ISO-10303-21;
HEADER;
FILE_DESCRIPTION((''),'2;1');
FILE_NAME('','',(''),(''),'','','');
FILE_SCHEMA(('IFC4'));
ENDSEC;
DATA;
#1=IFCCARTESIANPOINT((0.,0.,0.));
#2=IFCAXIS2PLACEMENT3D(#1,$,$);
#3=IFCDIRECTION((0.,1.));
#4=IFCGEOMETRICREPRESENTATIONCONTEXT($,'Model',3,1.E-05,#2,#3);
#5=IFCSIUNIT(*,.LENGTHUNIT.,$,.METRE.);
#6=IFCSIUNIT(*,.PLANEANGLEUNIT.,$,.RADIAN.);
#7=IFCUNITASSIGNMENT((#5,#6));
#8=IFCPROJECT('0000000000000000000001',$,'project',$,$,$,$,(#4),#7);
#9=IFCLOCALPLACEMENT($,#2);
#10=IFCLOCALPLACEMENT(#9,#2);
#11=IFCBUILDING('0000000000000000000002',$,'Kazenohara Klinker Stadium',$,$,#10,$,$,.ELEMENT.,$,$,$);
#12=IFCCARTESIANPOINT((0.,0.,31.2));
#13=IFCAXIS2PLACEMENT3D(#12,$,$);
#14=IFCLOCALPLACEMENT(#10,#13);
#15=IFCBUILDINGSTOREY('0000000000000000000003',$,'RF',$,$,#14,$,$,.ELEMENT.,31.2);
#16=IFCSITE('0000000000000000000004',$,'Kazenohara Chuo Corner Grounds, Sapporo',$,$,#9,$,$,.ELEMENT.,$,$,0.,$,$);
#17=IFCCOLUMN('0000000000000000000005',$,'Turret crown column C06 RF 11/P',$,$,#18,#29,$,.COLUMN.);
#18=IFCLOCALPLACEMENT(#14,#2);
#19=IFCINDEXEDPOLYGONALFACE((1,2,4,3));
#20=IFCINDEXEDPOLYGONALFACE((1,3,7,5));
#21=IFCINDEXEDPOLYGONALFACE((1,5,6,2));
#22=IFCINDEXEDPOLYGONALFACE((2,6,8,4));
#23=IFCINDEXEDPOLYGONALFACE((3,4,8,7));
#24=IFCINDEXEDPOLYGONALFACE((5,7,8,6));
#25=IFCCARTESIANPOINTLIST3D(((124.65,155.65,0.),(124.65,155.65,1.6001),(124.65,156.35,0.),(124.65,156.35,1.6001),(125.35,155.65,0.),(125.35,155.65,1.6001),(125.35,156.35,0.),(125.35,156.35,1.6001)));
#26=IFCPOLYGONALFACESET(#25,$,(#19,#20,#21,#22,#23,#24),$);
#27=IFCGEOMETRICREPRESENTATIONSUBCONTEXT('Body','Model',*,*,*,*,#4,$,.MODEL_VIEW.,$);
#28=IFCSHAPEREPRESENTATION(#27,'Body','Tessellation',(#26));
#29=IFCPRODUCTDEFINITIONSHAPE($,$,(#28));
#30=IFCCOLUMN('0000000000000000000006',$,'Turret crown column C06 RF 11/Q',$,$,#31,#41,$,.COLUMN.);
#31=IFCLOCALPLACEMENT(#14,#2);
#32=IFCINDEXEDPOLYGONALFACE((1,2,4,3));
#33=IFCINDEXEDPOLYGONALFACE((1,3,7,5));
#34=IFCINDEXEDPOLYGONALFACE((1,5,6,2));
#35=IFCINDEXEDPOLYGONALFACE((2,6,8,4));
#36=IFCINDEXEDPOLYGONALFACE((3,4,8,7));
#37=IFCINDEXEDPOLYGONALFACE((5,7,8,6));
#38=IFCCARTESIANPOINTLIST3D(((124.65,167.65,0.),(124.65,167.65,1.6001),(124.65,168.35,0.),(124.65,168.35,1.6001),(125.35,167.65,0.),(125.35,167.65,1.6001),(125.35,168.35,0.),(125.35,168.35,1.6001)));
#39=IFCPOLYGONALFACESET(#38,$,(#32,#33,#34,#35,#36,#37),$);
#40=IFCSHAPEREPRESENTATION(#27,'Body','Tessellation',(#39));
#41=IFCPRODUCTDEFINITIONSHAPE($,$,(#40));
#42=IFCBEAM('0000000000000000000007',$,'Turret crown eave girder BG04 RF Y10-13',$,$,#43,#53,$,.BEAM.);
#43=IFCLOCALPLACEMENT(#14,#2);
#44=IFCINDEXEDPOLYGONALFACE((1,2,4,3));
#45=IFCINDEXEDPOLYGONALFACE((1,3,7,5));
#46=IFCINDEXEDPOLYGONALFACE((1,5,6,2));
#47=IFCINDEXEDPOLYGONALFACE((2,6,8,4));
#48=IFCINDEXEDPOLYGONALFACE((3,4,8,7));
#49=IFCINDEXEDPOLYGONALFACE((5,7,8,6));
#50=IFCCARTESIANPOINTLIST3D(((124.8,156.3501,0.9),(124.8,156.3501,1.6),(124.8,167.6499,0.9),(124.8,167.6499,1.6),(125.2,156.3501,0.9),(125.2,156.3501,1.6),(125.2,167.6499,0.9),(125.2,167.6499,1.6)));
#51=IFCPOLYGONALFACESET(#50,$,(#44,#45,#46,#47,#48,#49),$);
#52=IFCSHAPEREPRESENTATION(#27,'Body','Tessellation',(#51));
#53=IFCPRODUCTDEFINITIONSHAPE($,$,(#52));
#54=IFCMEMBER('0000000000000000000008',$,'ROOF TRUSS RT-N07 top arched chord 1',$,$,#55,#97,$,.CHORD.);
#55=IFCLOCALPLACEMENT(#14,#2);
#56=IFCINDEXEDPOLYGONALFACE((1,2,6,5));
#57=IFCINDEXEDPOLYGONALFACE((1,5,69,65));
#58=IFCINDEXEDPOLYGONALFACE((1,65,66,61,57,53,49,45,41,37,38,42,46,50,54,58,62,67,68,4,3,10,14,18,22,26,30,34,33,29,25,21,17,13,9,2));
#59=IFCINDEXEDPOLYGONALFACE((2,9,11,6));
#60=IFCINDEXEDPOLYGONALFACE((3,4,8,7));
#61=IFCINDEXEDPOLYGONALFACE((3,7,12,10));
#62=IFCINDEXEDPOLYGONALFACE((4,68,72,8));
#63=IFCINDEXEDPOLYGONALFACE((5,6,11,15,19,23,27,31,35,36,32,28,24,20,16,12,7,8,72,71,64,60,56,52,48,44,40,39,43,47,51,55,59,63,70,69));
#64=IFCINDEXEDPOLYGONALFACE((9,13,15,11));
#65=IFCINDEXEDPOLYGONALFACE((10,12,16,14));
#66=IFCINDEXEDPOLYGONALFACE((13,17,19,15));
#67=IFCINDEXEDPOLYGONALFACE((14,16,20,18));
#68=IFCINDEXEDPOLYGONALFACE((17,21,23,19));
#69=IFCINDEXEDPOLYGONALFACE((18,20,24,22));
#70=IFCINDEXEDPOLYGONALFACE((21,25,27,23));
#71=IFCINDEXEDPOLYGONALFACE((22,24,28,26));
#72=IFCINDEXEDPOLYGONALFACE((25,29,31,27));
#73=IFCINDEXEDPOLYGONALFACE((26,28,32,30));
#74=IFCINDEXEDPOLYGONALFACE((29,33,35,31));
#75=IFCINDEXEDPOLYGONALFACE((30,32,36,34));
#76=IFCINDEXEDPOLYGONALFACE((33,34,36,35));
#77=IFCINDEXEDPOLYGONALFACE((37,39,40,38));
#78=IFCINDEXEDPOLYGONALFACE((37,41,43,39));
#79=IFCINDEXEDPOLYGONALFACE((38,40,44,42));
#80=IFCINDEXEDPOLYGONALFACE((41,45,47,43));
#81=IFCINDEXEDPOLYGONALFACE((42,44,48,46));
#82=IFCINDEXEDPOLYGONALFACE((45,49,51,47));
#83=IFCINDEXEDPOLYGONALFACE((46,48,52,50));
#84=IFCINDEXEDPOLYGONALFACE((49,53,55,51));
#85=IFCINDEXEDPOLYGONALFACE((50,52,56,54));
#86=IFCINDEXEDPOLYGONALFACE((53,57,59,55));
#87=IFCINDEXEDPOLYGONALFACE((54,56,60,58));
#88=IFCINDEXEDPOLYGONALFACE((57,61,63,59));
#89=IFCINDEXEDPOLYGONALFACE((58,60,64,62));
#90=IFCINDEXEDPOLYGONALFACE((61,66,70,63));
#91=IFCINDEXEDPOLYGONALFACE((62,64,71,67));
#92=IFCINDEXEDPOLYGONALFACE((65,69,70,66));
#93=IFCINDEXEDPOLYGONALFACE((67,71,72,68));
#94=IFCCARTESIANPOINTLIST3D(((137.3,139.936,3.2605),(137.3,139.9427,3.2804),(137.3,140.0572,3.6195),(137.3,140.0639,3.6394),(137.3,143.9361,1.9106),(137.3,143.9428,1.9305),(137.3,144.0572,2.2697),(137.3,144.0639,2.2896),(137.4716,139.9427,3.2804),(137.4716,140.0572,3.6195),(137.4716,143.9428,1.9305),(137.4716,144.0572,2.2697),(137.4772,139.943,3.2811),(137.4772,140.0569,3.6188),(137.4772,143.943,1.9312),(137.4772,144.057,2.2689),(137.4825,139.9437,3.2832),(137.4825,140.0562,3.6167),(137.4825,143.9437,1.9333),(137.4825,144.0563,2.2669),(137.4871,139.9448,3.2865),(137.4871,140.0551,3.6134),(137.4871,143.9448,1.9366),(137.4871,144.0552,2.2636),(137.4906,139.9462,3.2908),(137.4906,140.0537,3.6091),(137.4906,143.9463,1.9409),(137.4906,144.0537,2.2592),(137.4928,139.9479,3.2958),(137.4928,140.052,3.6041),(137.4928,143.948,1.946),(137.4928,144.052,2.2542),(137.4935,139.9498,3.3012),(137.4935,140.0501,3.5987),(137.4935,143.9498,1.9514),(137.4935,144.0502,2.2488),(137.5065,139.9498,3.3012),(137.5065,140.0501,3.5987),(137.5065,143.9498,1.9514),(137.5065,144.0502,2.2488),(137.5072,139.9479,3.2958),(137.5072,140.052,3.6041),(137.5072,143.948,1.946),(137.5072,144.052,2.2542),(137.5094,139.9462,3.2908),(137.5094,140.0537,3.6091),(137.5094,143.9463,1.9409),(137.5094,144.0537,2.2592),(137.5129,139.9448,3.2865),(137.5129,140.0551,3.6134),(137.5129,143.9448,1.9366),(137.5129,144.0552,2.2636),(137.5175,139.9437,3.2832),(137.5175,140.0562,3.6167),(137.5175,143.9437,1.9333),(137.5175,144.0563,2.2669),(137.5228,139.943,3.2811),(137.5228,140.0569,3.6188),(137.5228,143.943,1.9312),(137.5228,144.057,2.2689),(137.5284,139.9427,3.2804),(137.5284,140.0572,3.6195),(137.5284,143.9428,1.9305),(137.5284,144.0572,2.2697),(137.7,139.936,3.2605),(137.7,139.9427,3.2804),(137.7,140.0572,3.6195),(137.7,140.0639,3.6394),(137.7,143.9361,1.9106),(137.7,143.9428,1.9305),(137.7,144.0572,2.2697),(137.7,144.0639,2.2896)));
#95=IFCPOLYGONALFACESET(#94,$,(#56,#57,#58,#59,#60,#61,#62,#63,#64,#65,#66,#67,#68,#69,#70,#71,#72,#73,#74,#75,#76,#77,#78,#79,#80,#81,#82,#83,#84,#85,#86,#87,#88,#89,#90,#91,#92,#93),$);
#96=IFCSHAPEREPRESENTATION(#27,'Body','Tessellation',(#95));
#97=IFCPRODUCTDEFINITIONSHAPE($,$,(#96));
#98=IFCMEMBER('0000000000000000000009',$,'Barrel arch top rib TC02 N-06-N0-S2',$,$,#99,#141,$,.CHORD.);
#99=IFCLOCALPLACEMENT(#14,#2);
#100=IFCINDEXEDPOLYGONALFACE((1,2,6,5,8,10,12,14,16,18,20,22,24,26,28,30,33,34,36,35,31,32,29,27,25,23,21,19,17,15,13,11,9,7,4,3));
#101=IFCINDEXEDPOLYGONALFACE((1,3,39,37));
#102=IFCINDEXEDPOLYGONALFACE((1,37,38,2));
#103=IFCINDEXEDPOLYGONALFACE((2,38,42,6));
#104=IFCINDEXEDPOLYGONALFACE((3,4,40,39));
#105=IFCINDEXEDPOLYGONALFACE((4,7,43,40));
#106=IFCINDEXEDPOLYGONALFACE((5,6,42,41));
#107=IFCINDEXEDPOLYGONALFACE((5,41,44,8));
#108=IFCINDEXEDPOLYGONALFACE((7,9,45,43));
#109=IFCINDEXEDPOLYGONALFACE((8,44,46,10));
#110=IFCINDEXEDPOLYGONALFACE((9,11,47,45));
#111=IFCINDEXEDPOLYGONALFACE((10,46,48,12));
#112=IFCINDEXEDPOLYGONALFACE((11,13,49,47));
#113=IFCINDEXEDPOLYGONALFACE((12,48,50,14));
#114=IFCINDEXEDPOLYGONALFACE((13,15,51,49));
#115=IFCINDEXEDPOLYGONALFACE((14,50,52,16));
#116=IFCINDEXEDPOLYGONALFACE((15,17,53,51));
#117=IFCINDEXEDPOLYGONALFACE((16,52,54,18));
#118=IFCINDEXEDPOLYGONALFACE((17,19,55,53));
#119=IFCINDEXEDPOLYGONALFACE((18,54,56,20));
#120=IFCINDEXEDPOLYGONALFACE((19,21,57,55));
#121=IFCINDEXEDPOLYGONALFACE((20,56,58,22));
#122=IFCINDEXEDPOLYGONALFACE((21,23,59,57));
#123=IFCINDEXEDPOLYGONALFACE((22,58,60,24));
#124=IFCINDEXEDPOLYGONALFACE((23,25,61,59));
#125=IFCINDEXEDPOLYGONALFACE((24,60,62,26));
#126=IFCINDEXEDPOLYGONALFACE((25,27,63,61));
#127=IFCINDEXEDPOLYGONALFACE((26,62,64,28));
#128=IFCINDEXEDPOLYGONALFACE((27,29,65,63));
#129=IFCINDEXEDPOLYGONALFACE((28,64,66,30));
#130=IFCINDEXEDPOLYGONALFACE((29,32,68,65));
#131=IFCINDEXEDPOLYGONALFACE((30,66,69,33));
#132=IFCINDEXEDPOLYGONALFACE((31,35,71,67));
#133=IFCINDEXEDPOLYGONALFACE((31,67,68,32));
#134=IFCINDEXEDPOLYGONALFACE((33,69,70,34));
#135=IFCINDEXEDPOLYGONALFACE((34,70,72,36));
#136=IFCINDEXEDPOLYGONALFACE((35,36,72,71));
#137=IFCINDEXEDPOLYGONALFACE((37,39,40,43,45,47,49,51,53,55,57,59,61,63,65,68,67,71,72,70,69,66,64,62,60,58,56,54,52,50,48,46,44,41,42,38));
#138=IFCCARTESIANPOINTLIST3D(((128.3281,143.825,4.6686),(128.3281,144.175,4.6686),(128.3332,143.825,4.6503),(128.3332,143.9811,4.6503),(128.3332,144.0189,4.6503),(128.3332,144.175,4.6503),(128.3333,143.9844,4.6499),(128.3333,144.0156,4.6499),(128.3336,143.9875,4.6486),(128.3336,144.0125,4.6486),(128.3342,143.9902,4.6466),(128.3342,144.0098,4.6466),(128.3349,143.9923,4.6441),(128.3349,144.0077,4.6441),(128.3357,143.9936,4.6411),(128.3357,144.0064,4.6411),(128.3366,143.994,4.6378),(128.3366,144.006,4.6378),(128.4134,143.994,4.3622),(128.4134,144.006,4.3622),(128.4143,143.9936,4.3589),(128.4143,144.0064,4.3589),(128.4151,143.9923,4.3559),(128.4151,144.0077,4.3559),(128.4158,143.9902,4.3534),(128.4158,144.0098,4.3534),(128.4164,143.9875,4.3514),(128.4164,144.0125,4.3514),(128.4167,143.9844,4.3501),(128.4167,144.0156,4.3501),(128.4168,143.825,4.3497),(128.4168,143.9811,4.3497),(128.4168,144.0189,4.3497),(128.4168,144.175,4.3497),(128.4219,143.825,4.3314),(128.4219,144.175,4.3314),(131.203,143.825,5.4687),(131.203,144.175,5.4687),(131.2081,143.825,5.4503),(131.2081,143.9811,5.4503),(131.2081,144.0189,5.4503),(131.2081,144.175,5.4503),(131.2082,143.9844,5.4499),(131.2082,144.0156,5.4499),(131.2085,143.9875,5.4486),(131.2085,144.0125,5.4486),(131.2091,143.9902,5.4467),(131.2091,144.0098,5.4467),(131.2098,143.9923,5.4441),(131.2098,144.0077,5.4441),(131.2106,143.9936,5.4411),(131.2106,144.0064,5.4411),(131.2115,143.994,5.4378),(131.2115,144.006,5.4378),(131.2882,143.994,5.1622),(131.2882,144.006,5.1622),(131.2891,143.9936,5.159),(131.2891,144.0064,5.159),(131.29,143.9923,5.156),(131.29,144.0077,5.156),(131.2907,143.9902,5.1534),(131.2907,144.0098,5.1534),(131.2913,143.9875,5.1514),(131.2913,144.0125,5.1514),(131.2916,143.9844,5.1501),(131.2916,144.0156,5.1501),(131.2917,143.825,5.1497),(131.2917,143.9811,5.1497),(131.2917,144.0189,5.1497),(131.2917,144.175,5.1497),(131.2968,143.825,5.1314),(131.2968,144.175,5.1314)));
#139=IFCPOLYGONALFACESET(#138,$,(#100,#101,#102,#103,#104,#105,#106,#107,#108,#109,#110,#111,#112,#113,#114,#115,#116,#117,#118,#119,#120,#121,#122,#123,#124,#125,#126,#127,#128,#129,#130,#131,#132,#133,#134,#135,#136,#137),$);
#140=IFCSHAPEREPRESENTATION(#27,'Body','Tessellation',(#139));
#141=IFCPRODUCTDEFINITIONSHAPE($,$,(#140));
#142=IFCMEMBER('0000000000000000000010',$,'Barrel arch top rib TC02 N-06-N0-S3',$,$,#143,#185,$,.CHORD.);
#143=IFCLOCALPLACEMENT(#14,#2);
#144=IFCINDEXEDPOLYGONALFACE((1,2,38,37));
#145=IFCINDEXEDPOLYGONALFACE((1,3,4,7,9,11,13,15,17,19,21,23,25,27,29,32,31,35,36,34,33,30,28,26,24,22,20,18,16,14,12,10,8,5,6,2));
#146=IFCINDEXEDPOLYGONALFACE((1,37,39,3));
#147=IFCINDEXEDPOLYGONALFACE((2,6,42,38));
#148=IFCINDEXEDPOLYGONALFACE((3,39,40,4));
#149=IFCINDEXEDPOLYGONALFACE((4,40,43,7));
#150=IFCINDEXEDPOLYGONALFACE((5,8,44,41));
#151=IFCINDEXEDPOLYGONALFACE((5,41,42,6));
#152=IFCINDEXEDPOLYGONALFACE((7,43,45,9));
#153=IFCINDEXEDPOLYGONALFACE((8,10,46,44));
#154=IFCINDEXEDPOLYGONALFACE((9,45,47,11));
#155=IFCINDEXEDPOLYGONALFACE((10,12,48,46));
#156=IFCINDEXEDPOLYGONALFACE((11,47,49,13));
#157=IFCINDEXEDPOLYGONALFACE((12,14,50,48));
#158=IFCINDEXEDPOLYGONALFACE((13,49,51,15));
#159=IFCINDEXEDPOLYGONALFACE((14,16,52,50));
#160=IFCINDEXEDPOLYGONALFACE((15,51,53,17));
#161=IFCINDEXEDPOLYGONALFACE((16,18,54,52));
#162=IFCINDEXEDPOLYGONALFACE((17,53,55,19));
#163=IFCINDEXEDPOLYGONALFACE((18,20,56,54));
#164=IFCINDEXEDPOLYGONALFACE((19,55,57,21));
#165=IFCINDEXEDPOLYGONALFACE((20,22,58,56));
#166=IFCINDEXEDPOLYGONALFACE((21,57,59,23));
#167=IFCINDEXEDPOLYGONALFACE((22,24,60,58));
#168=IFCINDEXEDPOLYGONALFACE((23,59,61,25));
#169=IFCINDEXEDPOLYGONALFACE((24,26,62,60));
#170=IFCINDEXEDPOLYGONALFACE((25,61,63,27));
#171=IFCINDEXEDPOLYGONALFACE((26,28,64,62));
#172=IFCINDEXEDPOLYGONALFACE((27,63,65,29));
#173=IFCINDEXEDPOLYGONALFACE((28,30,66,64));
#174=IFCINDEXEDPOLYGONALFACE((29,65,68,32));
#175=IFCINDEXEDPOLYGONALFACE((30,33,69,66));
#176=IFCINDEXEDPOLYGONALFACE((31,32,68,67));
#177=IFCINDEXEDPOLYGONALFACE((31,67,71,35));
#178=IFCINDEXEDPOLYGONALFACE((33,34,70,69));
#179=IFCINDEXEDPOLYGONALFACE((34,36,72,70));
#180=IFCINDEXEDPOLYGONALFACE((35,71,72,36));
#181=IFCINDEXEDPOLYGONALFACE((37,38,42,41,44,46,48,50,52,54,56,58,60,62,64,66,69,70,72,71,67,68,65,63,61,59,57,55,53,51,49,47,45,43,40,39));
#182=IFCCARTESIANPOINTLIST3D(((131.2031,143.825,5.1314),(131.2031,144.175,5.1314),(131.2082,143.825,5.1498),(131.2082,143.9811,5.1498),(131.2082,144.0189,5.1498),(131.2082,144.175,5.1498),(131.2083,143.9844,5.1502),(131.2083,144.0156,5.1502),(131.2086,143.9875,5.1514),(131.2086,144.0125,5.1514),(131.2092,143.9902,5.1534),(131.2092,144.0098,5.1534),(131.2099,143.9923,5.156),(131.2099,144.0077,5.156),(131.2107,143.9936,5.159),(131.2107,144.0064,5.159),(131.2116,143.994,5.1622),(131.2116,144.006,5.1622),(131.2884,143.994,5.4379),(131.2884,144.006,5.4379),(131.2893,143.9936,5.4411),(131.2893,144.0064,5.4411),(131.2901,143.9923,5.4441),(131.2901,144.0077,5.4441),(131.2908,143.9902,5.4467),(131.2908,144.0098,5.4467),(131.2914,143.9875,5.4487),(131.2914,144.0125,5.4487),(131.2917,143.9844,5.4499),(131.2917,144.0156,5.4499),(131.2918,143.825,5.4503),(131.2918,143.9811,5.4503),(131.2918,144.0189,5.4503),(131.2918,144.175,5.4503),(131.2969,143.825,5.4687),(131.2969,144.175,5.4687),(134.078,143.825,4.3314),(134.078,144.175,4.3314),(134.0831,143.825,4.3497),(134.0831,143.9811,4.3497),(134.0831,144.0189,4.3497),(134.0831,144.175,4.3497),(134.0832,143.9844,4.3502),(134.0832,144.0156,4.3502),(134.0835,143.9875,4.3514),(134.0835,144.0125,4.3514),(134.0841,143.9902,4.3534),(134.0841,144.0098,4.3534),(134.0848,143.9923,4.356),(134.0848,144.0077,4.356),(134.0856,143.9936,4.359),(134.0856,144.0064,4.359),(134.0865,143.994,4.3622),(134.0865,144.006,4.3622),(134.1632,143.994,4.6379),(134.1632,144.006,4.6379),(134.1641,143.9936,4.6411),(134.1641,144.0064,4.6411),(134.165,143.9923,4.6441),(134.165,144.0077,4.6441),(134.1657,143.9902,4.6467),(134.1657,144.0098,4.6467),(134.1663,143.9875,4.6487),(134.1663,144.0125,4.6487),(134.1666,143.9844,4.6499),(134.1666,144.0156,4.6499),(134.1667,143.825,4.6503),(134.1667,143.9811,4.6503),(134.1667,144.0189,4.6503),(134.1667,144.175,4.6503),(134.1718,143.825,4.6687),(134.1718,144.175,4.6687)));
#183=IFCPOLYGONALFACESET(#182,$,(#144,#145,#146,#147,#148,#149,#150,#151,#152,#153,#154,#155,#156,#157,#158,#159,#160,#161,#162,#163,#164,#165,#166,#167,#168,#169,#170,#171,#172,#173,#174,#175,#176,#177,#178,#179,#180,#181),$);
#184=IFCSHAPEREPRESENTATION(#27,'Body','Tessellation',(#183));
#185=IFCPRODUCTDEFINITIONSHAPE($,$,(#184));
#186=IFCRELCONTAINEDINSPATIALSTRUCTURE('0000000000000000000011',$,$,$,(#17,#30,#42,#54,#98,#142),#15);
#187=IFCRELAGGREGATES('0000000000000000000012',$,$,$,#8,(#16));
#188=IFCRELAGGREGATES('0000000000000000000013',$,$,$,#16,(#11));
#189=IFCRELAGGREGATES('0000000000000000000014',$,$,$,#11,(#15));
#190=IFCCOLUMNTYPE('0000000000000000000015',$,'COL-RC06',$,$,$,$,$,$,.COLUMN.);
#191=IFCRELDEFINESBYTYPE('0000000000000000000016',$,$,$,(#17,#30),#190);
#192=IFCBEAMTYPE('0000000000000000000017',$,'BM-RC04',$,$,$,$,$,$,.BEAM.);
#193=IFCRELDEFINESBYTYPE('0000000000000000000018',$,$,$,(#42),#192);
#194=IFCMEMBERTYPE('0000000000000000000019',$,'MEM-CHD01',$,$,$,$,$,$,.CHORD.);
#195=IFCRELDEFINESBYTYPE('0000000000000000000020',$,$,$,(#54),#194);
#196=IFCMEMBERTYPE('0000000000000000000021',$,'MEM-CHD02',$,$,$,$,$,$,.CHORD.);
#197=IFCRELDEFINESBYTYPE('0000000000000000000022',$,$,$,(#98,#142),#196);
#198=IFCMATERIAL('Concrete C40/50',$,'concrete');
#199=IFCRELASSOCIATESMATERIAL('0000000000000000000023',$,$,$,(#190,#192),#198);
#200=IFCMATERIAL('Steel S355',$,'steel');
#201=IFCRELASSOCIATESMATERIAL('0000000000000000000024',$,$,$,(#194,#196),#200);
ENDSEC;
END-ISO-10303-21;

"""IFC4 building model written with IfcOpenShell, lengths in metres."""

from ifc_helpers import new_model, si_unit, direction, frame, origin, origin_2d, place, context, subcontext, project, spatial, rectangle, i_section, extrude, material, material_profile, profile_set, type_object, element, save


model = new_model("IFC4")

# Units and contexts
model_context = context("Model", 3, precision=1e-05, world=origin(), true_north=direction((0.0, 1.0)))
body_context = subcontext(model_context, "Body", "Model", "MODEL_VIEW")
ifc_project = project(units=[si_unit("LENGTHUNIT", "METRE"), si_unit("PLANEANGLEUNIT", "RADIAN")], contexts=[model_context])

# Site, building, storey
site_placement = place(None, origin())
site = spatial("IfcSite", under=ifc_project, at=site_placement, Name="Kazenohara Chuo Corner Grounds, Sapporo", CompositionType="ELEMENT", RefElevation=0.0)
building_placement = place(site_placement, origin())
building = spatial("IfcBuilding", under=site, at=building_placement, Name="Kazenohara Klinker Stadium", CompositionType="ELEMENT")
storey_placement = place(building_placement, frame((0.0, 0.0, 31.2)))
storey = spatial("IfcBuildingStorey", under=building, at=storey_placement, Name="RF", CompositionType="ELEMENT", Elevation=31.2)

# Columns
ifc_material_1 = material(Name="Concrete C40/50", Category="concrete")
ifc_material_profile_1 = material_profile(ifc_material_1, rectangle(XDim=0.7, YDim=0.7, at=origin_2d()), Name="RC-COL-700x700")
ifc_profile_set_1 = profile_set([ifc_material_profile_1], Name="Concrete C40/50")
column_type = type_object("IfcColumnType", Name="COL-RC06", PredefinedType="COLUMN", material=ifc_profile_set_1)
for number, where, z_axis, x_axis, name in (
    (1, (125.0, 156.0, 0.0), (0.0, 0.0, 1.0), (1.0, 0.0, 0.0), "Turret crown column C06 RF 11/P"),
    (2, (125.0, 168.0, 0.0), (0.0, 0.0, 1.0), (1.0, 0.0, 0.0), "Turret crown column C06 RF 11/Q"),
):
    element("IfcColumn", number, at=place(storey_placement, frame(where, z_axis=z_axis, x_axis=x_axis)), inside=storey, type_object=column_type, Name=name, PredefinedType="COLUMN", context=body_context, shape_type="SweptSolid", body=[
        extrude(rectangle(XDim=0.7, YDim=0.7, at=origin_2d()), origin(), (0.0, 0.0, 1.0), 1.6001),
    ])

# Beam
ifc_material_profile_2 = material_profile(ifc_material_1, rectangle(XDim=0.3999, YDim=0.7, at=origin_2d()), Name="RC-BM-400x700")
ifc_profile_set_2 = profile_set([ifc_material_profile_2], Name="Concrete C40/50")
beam_type = type_object("IfcBeamType", Name="BM-RC04", PredefinedType="BEAM", material=ifc_profile_set_2)
beam_placement = place(storey_placement, frame((125.0, 156.3501, 1.25), z_axis=(0.0, 1.0, 0.0), x_axis=(-1.0, 0.0, 0.0)))
element("IfcBeam", 3, at=beam_placement, inside=storey, type_object=beam_type, Name="Turret crown eave girder BG04 RF Y10-13", PredefinedType="BEAM", context=body_context, shape_type="SweptSolid", body=[
    extrude(rectangle(XDim=0.3999, YDim=0.7, at=origin_2d()), origin(), (0.0, 0.0, 1.0), 11.2998),
])

# Members
ifc_material_2 = material(Name="Steel S355", Category="steel")
ifc_material_profile_3 = material_profile(ifc_material_2, i_section(OverallWidth=0.3999, OverallDepth=0.3999, WebThickness=0.0129, FlangeThickness=0.021, FilletRadius=0.022, at=origin_2d()), Name="H-400x400x13x21")
ifc_profile_set_3 = profile_set([ifc_material_profile_3], Name="Steel S355")
member_type_1 = type_object("IfcMemberType", Name="MEM-CHD01", PredefinedType="CHORD", material=ifc_profile_set_3)
member_1_placement = place(storey_placement, frame((137.5, 144.0, 2.1001), z_axis=(0.0, -0.947503, 0.319747), x_axis=(1.0, 0.0, 0.0)))
element("IfcMember", 4, at=member_1_placement, inside=storey, type_object=member_type_1, Name="ROOF TRUSS RT-N07 top arched chord 1", PredefinedType="CHORD", context=body_context, shape_type="SweptSolid", body=[
    extrude(i_section(OverallWidth=0.3999, OverallDepth=0.3999, WebThickness=0.0129, FlangeThickness=0.021, FilletRadius=0.022, at=origin_2d()), origin(), (0.0, 0.0, 1.0), 4.2217),
])
ifc_material_profile_4 = material_profile(ifc_material_2, i_section(OverallWidth=0.3501, OverallDepth=0.3501, WebThickness=0.012, FlangeThickness=0.019, FilletRadius=0.0129, at=origin_2d()), Name="H-350x350x12x19")
ifc_profile_set_4 = profile_set([ifc_material_profile_4], Name="Steel S355")
member_type_2 = type_object("IfcMemberType", Name="MEM-CHD02", PredefinedType="CHORD", material=ifc_profile_set_4)
for number, where, z_axis, x_axis, name in (
    (5, (128.375, 144.0, 4.5), (0.963394, 0.0, 0.268091), (0.0, 1.0, 0.0), "Barrel arch top rib TC02 N-06-N0-S2"),
    (6, (131.25, 144.0, 5.3), (0.963394, 0.0, -0.268091), (0.0, 1.0, 0.0), "Barrel arch top rib TC02 N-06-N0-S3"),
):
    element("IfcMember", number, at=place(storey_placement, frame(where, z_axis=z_axis, x_axis=x_axis)), inside=storey, type_object=member_type_2, Name=name, PredefinedType="CHORD", context=body_context, shape_type="SweptSolid", body=[
        extrude(i_section(OverallWidth=0.3501, OverallDepth=0.3501, WebThickness=0.012, FlangeThickness=0.019, FilletRadius=0.0129, at=origin_2d()), origin(), (0.0, 0.0, 1.0), 2.9841),
    ])

save(model, "model.ifc")
